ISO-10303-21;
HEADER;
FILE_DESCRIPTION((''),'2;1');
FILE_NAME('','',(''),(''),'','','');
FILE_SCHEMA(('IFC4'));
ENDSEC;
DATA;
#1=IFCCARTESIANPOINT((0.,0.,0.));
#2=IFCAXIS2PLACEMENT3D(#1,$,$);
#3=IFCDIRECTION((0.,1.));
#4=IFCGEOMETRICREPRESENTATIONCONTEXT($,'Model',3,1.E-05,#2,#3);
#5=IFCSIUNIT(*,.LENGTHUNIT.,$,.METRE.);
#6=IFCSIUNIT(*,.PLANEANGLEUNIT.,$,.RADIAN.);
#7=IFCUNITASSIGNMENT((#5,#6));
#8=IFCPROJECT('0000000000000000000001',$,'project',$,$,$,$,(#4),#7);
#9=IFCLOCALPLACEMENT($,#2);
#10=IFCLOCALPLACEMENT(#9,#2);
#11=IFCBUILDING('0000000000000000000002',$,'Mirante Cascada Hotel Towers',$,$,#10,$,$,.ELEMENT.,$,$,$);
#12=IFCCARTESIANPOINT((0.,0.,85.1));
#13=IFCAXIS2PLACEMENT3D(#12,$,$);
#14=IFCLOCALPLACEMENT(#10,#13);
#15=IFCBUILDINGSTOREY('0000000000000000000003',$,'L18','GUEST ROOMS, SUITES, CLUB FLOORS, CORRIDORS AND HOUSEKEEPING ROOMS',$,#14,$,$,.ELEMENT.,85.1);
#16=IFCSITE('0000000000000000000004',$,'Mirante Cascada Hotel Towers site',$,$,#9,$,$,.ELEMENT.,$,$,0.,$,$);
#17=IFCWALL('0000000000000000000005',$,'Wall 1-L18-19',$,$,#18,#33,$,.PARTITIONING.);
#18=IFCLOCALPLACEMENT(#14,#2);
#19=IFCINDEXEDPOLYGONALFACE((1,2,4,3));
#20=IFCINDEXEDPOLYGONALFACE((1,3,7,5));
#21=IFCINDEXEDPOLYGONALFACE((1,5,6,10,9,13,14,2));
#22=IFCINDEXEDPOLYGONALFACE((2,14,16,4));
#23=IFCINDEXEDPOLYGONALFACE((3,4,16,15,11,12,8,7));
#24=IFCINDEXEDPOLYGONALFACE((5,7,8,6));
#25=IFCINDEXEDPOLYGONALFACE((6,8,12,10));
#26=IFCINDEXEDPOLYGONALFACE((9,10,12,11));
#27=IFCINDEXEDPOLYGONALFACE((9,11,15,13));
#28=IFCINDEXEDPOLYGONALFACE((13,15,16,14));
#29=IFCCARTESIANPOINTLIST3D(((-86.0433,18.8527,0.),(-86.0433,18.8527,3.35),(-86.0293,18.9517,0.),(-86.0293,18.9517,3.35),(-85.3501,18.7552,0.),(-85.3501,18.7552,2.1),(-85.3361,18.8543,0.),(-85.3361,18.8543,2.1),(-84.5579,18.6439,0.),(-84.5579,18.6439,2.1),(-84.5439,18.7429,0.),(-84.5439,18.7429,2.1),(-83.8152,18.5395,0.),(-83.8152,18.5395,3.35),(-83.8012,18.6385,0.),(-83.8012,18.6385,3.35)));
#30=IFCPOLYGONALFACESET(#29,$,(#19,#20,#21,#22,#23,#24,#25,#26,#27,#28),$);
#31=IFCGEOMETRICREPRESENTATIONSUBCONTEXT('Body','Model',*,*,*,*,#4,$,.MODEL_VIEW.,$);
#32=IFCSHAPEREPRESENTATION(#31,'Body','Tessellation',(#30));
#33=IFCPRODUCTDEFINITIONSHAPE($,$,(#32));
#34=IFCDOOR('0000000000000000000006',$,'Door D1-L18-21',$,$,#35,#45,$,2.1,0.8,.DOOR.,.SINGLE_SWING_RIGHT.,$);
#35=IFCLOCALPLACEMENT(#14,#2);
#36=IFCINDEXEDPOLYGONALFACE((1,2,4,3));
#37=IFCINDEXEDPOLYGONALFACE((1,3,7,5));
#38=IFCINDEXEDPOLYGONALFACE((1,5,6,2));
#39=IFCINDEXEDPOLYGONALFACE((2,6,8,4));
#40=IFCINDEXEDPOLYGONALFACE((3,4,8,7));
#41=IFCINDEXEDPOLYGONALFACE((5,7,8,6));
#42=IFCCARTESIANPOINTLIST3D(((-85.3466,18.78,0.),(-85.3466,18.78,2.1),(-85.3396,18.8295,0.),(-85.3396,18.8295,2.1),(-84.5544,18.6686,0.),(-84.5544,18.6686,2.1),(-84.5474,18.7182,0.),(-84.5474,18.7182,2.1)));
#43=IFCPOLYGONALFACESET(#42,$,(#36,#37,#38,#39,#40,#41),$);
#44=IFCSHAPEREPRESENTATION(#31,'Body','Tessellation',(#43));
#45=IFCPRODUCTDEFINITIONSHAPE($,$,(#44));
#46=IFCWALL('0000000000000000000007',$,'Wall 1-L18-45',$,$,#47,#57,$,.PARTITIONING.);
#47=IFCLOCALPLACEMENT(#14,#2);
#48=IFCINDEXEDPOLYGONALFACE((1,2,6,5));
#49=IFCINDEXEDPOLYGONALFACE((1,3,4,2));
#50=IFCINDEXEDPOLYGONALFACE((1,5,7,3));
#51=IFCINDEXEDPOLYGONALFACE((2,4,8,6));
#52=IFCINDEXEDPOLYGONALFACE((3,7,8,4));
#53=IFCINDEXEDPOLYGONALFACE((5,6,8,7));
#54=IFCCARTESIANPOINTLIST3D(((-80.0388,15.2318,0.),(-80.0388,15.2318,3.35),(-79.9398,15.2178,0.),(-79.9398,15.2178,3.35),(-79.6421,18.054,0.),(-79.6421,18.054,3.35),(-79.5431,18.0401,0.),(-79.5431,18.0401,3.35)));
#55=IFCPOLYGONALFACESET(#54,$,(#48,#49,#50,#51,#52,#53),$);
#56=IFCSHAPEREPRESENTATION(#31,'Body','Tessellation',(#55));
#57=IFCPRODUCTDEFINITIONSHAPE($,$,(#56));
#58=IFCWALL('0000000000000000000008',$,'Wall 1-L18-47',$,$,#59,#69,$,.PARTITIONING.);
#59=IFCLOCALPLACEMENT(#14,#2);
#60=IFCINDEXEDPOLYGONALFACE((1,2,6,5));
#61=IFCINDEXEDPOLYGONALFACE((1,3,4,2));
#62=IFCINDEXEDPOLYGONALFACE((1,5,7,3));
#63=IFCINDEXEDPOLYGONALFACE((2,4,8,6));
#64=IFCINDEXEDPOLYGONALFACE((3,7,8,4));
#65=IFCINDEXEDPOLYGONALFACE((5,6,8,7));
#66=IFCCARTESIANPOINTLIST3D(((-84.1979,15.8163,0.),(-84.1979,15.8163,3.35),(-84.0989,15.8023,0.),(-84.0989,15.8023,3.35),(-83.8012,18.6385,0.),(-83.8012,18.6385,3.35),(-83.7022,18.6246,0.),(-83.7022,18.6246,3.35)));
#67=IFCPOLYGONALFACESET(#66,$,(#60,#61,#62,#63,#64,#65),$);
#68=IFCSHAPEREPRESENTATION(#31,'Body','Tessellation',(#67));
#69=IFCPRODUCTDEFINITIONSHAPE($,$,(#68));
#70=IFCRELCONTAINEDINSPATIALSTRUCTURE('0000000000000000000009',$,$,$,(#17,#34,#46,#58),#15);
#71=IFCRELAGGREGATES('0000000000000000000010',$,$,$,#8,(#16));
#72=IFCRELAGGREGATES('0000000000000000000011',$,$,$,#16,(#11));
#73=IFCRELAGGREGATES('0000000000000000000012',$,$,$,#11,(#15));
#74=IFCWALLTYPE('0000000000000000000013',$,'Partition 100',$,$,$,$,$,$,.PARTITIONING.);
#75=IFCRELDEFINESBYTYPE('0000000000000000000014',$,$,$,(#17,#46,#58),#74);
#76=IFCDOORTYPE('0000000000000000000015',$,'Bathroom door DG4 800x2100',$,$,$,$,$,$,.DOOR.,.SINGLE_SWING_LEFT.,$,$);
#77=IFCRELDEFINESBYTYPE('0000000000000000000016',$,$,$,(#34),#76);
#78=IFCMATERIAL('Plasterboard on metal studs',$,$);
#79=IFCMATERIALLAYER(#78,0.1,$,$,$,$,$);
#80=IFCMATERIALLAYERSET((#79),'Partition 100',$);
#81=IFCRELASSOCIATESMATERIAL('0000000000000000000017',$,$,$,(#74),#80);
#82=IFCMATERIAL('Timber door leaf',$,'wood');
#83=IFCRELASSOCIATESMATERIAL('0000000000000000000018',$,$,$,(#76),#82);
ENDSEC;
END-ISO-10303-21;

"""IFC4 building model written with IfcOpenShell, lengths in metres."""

from ifc_helpers import new_model, si_unit, direction, frame, frame_2d, origin, place, context, subcontext, project, spatial, rectangle, extrude, material, layer, layer_set, type_object, element, fill, save


model = new_model("IFC4")

# Units and contexts
model_context = context("Model", 3, precision=1e-05, world=origin(), true_north=direction((0.0, 1.0)))
body_context = subcontext(model_context, "Body", "Model", "MODEL_VIEW")
ifc_project = project(units=[si_unit("LENGTHUNIT", "METRE"), si_unit("PLANEANGLEUNIT", "RADIAN")], contexts=[model_context])

# Site, building, storey
site_placement = place(None, origin())
site = spatial("IfcSite", under=ifc_project, at=site_placement, Name="Mirante Cascada Hotel Towers site", CompositionType="ELEMENT", RefElevation=0.0)
building_placement = place(site_placement, origin())
building = spatial("IfcBuilding", under=site, at=building_placement, Name="Mirante Cascada Hotel Towers", CompositionType="ELEMENT")
storey_placement = place(building_placement, frame((0.0, 0.0, 85.1)))
storey = spatial("IfcBuildingStorey", under=building, at=storey_placement, Name="L18", Description="GUEST ROOMS, SUITES, CLUB FLOORS, CORRIDORS AND HOUSEKEEPING ROOMS", CompositionType="ELEMENT", Elevation=85.1)

# Wall, opening, door
ifc_material_1 = material(Name="Plasterboard on metal studs")
ifc_layer_1 = layer(ifc_material_1, 0.1)
ifc_layer_set_1 = layer_set([ifc_layer_1], Name="Partition 100")
wall_type_1 = type_object("IfcWallType", Name="Partition 100", PredefinedType="PARTITIONING", material=ifc_layer_set_1)
ifc_material_2 = material(Name="Timber door leaf", Category="wood")
door_type = type_object("IfcDoorType", Name="Bathroom door DG4 800x2100", OperationType="SINGLE_SWING_LEFT", PredefinedType="DOOR", material=ifc_material_2)
wall_1_placement = place(storey_placement, frame((-83.8082, 18.589, 0.0), z_axis=(0.0, 0.0, 1.0), x_axis=(-0.990264, 0.1392, 0.0)))
wall_1 = element("IfcWall", 1, at=wall_1_placement, inside=storey, type_object=wall_type_1, Name="Wall 1-L18-19", PredefinedType="PARTITIONING", context=body_context, shape_type="SweptSolid", body=[
    extrude(rectangle(XDim=2.25, YDim=0.1, at=frame_2d((1.125, 0.0))), origin(), (0.0, 0.0, 1.0), 3.35),
])
opening_1_placement = place(wall_1_placement, frame((0.75, 0.0, 0.0)))
opening_1 = element("IfcOpeningElement", 2, at=opening_1_placement, cuts=wall_1, PredefinedType="OPENING", context=body_context, shape_type="SweptSolid", body=[
    extrude(rectangle(XDim=0.8, YDim=2.1, at=frame_2d((0.4, 1.05))), frame((0.0, 0.05, 0.0), z_axis=(0.0, -1.0, 0.0), x_axis=(1.0, 0.0, 0.0)), (0.0, 0.0, 1.0), 0.1),
])
door_1_placement = place(opening_1_placement, frame((0.8, 0.0, 0.0), z_axis=(0.0, 0.0, 1.0), x_axis=(-1.0, 0.0, 0.0)))
door_1 = element("IfcDoor", 3, at=door_1_placement, inside=storey, type_object=door_type, Name="Door D1-L18-21", OperationType="SINGLE_SWING_RIGHT", OverallHeight=2.1, OverallWidth=0.8, PredefinedType="DOOR", context=body_context, shape_type="SweptSolid", body=[
    extrude(rectangle(XDim=0.8, YDim=2.1, at=frame_2d((0.4, 1.05))), frame((0.0, 0.025, 0.0), z_axis=(0.0, -1.0, 0.0), x_axis=(1.0, 0.0, 0.0)), (0.0, 0.0, 1.0), 0.05),
])
fill(opening_1, door_1)

# Walls
for number, where, z_axis, x_axis, name in (
    (4, (-79.9893, 15.2248, 0.0), (0.0, 0.0, 1.0), (0.139191, 0.990266, 0.0), "Wall 1-L18-45"),
    (5, (-84.1484, 15.8093, 0.0), (0.0, 0.0, 1.0), (0.139191, 0.990266, 0.0), "Wall 1-L18-47"),
):
    element("IfcWall", number, at=place(storey_placement, frame(where, z_axis=z_axis, x_axis=x_axis)), inside=storey, type_object=wall_type_1, Name=name, PredefinedType="PARTITIONING", context=body_context, shape_type="SweptSolid", body=[
        extrude(rectangle(XDim=2.85, YDim=0.1, at=frame_2d((1.425, 0.0))), origin(), (0.0, 0.0, 1.0), 3.35),
    ])

save(model, "model.ifc")
